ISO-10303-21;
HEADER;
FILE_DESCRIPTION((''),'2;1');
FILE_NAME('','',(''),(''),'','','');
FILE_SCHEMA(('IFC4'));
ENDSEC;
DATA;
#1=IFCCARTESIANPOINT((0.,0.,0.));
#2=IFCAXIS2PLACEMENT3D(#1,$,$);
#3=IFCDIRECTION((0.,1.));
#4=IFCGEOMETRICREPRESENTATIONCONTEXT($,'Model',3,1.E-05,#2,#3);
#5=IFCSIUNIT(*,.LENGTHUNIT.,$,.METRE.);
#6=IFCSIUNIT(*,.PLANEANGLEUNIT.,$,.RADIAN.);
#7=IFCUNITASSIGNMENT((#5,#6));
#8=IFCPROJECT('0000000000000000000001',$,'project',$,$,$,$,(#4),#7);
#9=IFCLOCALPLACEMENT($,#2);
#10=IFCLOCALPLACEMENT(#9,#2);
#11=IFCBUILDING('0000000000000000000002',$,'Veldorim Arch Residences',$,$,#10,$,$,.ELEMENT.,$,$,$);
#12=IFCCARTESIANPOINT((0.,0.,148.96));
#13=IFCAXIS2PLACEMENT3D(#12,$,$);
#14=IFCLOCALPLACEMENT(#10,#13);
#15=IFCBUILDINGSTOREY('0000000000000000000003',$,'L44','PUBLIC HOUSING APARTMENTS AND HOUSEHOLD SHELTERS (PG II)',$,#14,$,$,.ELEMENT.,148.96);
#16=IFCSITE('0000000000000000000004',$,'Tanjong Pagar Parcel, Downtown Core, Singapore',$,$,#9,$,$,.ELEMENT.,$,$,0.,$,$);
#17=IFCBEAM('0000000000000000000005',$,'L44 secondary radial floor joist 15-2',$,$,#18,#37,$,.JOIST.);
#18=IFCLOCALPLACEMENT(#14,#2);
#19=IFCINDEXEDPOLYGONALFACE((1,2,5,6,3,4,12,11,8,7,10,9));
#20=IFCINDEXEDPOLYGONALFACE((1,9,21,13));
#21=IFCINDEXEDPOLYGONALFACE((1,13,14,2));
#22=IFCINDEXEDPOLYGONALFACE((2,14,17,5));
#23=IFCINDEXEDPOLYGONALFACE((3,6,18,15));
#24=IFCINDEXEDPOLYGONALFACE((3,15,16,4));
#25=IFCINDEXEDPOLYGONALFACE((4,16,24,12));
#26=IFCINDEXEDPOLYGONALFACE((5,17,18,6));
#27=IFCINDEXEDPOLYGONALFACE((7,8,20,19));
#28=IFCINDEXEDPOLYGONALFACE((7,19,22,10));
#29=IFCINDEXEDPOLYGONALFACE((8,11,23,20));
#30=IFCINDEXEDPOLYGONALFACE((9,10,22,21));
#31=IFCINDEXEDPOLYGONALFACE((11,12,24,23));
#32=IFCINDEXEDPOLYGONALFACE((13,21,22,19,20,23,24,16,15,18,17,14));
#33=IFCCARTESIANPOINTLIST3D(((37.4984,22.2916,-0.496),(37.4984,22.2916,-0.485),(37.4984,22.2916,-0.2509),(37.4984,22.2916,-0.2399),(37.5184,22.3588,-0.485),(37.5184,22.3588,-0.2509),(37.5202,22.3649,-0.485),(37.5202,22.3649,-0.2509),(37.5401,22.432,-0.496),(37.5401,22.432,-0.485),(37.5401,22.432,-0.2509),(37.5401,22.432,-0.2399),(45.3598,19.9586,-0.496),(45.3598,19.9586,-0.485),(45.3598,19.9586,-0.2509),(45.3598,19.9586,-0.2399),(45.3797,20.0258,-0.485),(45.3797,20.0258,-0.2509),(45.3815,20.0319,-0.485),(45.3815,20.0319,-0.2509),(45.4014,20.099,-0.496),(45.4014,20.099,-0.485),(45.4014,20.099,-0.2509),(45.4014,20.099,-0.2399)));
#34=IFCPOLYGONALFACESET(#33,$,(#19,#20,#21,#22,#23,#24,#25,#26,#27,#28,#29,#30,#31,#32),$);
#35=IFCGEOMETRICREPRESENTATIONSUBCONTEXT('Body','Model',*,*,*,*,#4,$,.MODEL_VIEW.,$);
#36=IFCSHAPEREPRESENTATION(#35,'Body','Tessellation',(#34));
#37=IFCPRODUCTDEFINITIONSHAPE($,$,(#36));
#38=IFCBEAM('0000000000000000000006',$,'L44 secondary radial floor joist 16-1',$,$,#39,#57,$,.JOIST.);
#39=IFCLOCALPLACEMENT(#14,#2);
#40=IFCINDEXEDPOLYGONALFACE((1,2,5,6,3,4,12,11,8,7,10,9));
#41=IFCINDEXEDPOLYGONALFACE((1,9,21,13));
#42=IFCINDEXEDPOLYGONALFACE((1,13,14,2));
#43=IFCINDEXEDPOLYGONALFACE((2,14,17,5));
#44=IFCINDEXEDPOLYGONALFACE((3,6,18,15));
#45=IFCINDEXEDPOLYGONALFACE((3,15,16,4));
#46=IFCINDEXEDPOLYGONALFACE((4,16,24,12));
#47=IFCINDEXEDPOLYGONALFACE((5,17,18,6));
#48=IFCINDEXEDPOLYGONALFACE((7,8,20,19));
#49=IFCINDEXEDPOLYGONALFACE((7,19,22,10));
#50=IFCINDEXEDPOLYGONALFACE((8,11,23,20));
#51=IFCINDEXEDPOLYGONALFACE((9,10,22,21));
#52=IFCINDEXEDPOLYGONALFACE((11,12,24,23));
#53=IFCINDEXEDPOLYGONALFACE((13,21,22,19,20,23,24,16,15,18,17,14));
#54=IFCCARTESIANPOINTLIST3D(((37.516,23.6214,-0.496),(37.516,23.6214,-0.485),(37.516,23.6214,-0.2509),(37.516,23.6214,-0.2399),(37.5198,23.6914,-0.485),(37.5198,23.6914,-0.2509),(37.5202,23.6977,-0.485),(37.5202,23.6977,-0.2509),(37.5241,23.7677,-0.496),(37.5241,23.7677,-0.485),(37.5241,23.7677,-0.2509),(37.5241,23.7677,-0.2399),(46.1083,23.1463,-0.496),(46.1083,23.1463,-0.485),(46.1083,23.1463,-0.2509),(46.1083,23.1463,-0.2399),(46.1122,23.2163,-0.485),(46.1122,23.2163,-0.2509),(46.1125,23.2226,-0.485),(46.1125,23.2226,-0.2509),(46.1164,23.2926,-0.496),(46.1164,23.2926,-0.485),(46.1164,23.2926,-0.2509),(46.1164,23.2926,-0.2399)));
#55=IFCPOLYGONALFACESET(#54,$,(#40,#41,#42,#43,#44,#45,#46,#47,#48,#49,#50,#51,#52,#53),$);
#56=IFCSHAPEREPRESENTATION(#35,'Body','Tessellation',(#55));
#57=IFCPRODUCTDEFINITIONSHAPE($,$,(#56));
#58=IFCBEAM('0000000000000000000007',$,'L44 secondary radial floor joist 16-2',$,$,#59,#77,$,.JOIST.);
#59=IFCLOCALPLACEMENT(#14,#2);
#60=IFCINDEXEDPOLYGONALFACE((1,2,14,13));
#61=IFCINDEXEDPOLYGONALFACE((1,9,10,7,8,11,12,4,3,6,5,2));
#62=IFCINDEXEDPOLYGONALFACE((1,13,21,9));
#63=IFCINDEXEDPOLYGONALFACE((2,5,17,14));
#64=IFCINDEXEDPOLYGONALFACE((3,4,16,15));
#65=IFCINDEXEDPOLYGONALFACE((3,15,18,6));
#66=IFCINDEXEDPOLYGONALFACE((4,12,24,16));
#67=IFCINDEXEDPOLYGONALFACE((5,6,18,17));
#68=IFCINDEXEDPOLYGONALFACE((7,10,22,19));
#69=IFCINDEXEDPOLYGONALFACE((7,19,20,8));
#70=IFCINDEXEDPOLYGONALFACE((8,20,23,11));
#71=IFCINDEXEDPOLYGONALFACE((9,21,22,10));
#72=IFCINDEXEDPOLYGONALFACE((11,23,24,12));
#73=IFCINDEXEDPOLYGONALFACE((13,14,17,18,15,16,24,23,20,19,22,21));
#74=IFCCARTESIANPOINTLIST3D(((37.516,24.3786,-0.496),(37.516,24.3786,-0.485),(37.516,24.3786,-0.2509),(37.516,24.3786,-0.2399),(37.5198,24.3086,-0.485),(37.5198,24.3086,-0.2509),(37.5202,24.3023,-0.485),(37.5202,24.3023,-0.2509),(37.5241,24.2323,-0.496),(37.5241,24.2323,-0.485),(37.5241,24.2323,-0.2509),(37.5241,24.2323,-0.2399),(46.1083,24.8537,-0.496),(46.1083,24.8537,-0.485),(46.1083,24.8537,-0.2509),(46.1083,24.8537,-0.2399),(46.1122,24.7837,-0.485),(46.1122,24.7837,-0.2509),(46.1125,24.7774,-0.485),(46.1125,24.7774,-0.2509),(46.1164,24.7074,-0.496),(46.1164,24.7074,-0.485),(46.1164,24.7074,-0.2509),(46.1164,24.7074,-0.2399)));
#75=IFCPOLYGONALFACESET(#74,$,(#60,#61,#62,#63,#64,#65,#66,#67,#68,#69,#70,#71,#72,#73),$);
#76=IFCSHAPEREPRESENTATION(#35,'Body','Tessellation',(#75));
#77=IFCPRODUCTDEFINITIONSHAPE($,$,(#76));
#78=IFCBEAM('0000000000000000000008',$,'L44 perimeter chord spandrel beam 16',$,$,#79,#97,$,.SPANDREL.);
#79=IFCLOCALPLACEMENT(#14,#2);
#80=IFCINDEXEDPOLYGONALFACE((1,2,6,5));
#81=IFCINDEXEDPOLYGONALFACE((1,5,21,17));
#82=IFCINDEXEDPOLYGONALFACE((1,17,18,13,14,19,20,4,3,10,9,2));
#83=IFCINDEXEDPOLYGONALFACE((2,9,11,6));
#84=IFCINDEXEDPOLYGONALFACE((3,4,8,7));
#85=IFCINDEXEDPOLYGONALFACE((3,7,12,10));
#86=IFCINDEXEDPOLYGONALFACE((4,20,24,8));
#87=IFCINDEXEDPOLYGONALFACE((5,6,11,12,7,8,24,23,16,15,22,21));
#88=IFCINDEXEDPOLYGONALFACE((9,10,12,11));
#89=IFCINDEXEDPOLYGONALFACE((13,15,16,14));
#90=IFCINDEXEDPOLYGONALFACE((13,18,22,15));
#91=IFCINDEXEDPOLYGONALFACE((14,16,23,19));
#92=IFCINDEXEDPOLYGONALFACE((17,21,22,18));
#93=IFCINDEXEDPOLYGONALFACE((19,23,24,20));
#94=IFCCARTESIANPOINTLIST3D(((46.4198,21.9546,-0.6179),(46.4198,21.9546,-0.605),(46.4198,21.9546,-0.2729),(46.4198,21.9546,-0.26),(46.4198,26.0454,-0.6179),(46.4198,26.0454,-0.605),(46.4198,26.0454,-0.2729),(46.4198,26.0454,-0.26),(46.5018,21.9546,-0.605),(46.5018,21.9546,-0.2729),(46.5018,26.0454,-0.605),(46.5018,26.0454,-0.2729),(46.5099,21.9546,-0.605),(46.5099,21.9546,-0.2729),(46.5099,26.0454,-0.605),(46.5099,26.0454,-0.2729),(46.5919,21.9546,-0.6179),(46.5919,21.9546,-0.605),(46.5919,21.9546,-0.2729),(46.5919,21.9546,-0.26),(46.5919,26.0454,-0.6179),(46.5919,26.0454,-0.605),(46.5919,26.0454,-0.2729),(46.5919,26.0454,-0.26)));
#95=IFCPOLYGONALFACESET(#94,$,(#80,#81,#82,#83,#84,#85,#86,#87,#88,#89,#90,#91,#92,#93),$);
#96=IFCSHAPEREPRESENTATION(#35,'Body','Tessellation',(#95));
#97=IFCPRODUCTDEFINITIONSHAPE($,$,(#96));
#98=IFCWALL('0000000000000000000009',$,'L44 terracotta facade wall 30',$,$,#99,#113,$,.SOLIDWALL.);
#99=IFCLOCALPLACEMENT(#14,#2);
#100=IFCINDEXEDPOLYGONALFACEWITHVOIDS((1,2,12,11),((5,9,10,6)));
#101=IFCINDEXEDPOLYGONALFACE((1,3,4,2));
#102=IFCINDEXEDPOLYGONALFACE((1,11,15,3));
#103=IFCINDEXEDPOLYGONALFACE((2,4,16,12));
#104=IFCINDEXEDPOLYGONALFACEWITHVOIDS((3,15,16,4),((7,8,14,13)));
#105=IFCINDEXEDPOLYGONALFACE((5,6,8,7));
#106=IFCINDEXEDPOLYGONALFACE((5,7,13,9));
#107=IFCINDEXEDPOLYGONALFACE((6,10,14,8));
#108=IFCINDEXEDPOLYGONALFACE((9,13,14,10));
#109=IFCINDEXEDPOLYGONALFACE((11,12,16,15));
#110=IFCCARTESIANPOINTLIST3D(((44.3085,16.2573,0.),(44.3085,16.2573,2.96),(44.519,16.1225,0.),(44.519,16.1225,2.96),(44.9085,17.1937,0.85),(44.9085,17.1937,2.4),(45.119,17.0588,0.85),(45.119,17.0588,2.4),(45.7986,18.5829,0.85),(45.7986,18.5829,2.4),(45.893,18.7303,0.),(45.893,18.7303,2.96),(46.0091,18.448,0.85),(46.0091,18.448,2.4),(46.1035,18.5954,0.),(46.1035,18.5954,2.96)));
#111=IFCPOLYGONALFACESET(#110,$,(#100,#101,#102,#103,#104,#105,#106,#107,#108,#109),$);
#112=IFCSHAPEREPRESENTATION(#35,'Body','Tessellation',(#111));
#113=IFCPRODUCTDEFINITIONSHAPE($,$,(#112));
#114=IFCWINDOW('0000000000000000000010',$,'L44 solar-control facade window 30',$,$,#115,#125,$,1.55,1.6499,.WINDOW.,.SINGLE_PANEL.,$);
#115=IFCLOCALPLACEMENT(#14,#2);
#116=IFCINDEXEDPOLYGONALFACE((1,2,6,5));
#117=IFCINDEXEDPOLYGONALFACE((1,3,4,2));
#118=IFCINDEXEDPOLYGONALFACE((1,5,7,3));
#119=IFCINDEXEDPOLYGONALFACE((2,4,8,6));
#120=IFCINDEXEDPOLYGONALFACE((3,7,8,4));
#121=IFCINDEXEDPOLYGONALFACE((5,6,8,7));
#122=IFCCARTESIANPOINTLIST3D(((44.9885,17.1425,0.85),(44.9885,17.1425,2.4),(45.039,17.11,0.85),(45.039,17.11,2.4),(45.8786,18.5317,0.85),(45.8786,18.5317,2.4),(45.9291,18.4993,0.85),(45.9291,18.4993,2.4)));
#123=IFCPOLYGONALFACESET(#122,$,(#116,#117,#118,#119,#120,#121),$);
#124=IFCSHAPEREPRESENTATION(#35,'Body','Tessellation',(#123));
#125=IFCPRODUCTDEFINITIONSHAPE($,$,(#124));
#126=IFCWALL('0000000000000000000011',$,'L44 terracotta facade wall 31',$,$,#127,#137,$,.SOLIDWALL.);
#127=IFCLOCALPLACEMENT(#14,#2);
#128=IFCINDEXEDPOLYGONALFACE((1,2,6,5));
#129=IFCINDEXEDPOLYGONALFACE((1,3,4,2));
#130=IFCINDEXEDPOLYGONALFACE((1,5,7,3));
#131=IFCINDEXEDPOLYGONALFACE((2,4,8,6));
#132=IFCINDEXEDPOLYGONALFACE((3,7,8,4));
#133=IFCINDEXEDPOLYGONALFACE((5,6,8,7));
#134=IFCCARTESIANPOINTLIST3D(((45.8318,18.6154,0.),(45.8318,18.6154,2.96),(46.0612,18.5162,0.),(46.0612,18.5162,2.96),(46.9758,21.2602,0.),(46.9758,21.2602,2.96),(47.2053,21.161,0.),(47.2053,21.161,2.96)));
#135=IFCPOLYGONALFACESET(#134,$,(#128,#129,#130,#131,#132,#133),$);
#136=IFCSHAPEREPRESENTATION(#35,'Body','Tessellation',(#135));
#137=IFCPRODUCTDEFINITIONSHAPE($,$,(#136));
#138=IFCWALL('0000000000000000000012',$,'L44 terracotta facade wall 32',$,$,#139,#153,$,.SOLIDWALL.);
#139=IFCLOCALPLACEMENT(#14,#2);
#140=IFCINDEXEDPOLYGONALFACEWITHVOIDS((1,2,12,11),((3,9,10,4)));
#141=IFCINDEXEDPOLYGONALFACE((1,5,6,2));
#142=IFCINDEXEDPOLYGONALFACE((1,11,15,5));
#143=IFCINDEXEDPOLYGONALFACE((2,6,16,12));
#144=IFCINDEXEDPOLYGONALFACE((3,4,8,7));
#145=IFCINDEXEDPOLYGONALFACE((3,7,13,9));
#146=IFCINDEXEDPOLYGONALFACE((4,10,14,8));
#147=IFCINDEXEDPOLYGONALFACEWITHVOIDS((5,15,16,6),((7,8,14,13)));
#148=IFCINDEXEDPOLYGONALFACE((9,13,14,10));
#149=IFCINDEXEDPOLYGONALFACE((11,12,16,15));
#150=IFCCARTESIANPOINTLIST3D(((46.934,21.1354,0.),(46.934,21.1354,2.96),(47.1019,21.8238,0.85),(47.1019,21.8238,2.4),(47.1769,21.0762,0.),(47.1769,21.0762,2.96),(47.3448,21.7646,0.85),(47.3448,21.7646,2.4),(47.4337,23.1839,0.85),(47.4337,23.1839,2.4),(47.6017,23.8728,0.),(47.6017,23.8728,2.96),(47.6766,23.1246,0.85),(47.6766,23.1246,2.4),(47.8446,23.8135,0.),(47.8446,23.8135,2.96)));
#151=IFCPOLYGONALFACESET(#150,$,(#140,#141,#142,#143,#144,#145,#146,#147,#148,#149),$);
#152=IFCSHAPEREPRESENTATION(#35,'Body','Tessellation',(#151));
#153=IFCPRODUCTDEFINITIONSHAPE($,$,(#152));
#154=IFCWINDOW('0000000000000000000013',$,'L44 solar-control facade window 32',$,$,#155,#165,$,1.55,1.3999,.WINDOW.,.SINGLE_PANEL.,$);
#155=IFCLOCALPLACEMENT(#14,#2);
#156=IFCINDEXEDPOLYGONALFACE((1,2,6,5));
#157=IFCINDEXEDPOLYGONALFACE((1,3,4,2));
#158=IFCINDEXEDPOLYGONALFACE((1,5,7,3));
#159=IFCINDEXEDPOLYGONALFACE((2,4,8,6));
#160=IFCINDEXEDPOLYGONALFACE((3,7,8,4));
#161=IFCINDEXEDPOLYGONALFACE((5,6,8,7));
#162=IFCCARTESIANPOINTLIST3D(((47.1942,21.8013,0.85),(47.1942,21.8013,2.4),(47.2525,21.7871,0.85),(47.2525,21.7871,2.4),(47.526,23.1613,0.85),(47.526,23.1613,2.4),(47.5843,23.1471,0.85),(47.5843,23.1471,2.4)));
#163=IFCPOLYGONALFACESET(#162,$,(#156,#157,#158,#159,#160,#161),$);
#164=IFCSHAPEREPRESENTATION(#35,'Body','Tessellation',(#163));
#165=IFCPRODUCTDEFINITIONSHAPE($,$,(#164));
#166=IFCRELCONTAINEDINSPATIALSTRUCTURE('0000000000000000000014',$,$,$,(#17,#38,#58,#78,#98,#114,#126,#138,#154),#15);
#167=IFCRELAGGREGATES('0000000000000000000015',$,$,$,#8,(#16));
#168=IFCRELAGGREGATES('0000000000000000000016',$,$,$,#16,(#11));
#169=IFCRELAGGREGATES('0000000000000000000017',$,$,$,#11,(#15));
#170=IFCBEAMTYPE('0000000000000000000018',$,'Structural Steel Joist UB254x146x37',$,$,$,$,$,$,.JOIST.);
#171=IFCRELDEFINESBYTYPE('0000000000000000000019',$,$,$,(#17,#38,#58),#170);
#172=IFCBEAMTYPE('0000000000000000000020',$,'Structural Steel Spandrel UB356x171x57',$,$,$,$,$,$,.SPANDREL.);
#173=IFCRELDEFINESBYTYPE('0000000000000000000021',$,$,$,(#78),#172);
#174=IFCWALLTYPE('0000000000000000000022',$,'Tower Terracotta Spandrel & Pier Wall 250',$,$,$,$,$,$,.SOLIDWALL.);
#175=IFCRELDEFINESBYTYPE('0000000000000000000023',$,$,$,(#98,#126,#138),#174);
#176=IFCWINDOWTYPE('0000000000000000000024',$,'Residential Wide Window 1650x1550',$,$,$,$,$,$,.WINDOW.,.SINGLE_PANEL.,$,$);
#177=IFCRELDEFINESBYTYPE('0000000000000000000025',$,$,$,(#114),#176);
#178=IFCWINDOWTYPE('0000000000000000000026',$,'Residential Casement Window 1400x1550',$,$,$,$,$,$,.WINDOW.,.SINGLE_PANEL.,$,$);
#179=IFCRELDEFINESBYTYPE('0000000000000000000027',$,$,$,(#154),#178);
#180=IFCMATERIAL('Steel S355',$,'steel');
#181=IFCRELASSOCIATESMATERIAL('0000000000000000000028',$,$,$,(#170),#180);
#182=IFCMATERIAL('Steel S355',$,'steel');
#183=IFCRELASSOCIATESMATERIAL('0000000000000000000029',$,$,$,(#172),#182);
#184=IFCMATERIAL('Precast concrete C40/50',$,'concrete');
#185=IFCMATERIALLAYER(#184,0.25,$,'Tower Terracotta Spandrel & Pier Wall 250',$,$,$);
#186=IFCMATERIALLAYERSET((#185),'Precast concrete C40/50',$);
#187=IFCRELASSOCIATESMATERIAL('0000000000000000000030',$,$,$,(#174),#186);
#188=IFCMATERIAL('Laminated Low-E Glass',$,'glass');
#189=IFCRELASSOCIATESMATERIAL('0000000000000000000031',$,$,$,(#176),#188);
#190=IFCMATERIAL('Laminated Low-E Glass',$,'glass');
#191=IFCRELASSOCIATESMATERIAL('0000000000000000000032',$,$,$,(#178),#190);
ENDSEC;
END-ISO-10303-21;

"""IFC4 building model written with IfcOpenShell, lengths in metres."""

from ifc_helpers import new_model, si_unit, direction, frame, frame_2d, origin, origin_2d, place, context, subcontext, project, spatial, rectangle, i_section, extrude, material, layer, layer_set, material_profile, profile_set, type_object, element, fill, save


model = new_model("IFC4")

# Units and contexts
model_context = context("Model", 3, precision=1e-05, world=origin(), true_north=direction((0.0, 1.0)))
body_context = subcontext(model_context, "Body", "Model", "MODEL_VIEW")
ifc_project = project(units=[si_unit("LENGTHUNIT", "METRE"), si_unit("PLANEANGLEUNIT", "RADIAN")], contexts=[model_context])

# Site, building, storey
site_placement = place(None, origin())
site = spatial("IfcSite", under=ifc_project, at=site_placement, Name="Tanjong Pagar Parcel, Downtown Core, Singapore", CompositionType="ELEMENT", RefElevation=0.0)
building_placement = place(site_placement, origin())
building = spatial("IfcBuilding", under=site, at=building_placement, Name="Veldorim Arch Residences", CompositionType="ELEMENT")
storey_placement = place(building_placement, frame((0.0, 0.0, 148.96)))
storey = spatial("IfcBuildingStorey", under=building, at=storey_placement, Name="L44", Description="PUBLIC HOUSING APARTMENTS AND HOUSEHOLD SHELTERS (PG II)", CompositionType="ELEMENT", Elevation=148.96)

# Beams
ifc_material_1 = material(Name="Steel S355", Category="steel")
ifc_material_profile_1 = material_profile(ifc_material_1, i_section(OverallWidth=0.1465, OverallDepth=0.2561, WebThickness=0.0063, FlangeThickness=0.011, at=origin_2d()), Name="UB254x146x37")
ifc_profile_set_1 = profile_set([ifc_material_profile_1], Name="Steel S355")
beam_type_1 = type_object("IfcBeamType", Name="Structural Steel Joist UB254x146x37", PredefinedType="JOIST", material=ifc_profile_set_1)
beam_1_placement = place(storey_placement, frame((37.5193, 22.3618, -0.3679), z_axis=(0.958674, -0.284506, 0.0), x_axis=(0.284506, 0.958674, 0.0)))
element("IfcBeam", 1, at=beam_1_placement, inside=storey, type_object=beam_type_1, Name="L44 secondary radial floor joist 15-2", PredefinedType="JOIST", context=body_context, shape_type="SweptSolid", body=[
    extrude(i_section(OverallWidth=0.1465, OverallDepth=0.2561, WebThickness=0.0063, FlangeThickness=0.011, at=origin_2d()), origin(), (0.0, 0.0, 1.0), 8.2002),
])
for number, where, z_axis, x_axis, name in (
    (2, (37.52, 23.6946, -0.3679), (0.998475, -0.055209, 0.0), (0.055209, 0.998475, 0.0), "L44 secondary radial floor joist 16-1"),
    (3, (37.52, 24.3054, -0.3679), (0.998475, 0.055209, 0.0), (-0.055209, 0.998475, 0.0), "L44 secondary radial floor joist 16-2"),
):
    element("IfcBeam", number, at=place(storey_placement, frame(where, z_axis=z_axis, x_axis=x_axis)), inside=storey, type_object=beam_type_1, Name=name, PredefinedType="JOIST", context=body_context, shape_type="SweptSolid", body=[
        extrude(i_section(OverallWidth=0.1465, OverallDepth=0.2561, WebThickness=0.0063, FlangeThickness=0.011, at=origin_2d()), origin(), (0.0, 0.0, 1.0), 8.6055),
    ])
ifc_material_2 = material(Name="Steel S355", Category="steel")
ifc_material_profile_2 = material_profile(ifc_material_2, i_section(OverallWidth=0.1721, OverallDepth=0.3579, WebThickness=0.0081, FlangeThickness=0.0129, at=origin_2d()), Name="UB356x171x57")
ifc_profile_set_2 = profile_set([ifc_material_profile_2], Name="Steel S355")
beam_type_2 = type_object("IfcBeamType", Name="Structural Steel Spandrel UB356x171x57", PredefinedType="SPANDREL", material=ifc_profile_set_2)
beam_2_placement = place(storey_placement, frame((46.5059, 21.9546, -0.439), z_axis=(0.0, 1.0, 0.0), x_axis=(-1.0, 0.0, 0.0)))
element("IfcBeam", 4, at=beam_2_placement, inside=storey, type_object=beam_type_2, Name="L44 perimeter chord spandrel beam 16", PredefinedType="SPANDREL", context=body_context, shape_type="SweptSolid", body=[
    extrude(i_section(OverallWidth=0.1721, OverallDepth=0.3579, WebThickness=0.0081, FlangeThickness=0.0129, at=origin_2d()), origin(), (0.0, 0.0, 1.0), 4.0908),
])

# Wall, opening, window
ifc_material_3 = material(Name="Precast concrete C40/50", Category="concrete")
ifc_layer_1 = layer(ifc_material_3, 0.25, Name="Tower Terracotta Spandrel & Pier Wall 250")
ifc_layer_set_1 = layer_set([ifc_layer_1], Name="Precast concrete C40/50")
wall_type_1 = type_object("IfcWallType", Name="Tower Terracotta Spandrel & Pier Wall 250", PredefinedType="SOLIDWALL", material=ifc_layer_set_1)
wall_1_placement = place(storey_placement, frame((45.9983, 18.6628, 0.0), z_axis=(0.0, 0.0, 1.0), x_axis=(-0.539492, -0.84199, 0.0)))
wall_1 = element("IfcWall", 5, at=wall_1_placement, inside=storey, type_object=wall_type_1, Name="L44 terracotta facade wall 30", PredefinedType="SOLIDWALL", context=body_context, shape_type="SweptSolid", body=[
    extrude(rectangle(XDim=2.937, YDim=0.25, at=frame_2d((1.4685, 0.0))), origin(), (0.0, 0.0, 1.0), 2.96),
])
opening_1_placement = place(wall_1_placement, frame((0.175, 0.0, 0.8501)))
opening_1 = element("IfcOpeningElement", 6, at=opening_1_placement, cuts=wall_1, PredefinedType="OPENING", context=body_context, shape_type="SweptSolid", body=[
    extrude(rectangle(XDim=1.6499, YDim=1.55, at=frame_2d((0.825, 0.7749))), frame((0.0, 0.135, 0.0), z_axis=(0.0, -1.0, 0.0), x_axis=(1.0, 0.0, 0.0)), (0.0, 0.0, 1.0), 0.27),
])
ifc_material_4 = material(Name="Laminated Low-E Glass", Category="glass")
window_type_1 = type_object("IfcWindowType", Name="Residential Wide Window 1650x1550", PartitioningType="SINGLE_PANEL", PredefinedType="WINDOW", material=ifc_material_4)
window_1_placement = place(opening_1_placement, origin())
window_1 = element("IfcWindow", 7, at=window_1_placement, inside=storey, type_object=window_type_1, Name="L44 solar-control facade window 30", OverallHeight=1.55, OverallWidth=1.6499, PartitioningType="SINGLE_PANEL", PredefinedType="WINDOW", context=body_context, shape_type="SweptSolid", body=[
    extrude(rectangle(XDim=1.6499, YDim=1.55, at=frame_2d((0.825, 0.7749))), frame((0.0, 0.03, 0.0), z_axis=(0.0, -1.0, 0.0), x_axis=(1.0, 0.0, 0.0)), (0.0, 0.0, 1.0), 0.0601),
])
fill(opening_1, window_1)

# Wall
wall_2_placement = place(storey_placement, frame((47.0906, 21.2107, 0.0), z_axis=(0.0, 0.0, 1.0), x_axis=(-0.397015, -0.917812, 0.0)))
element("IfcWall", 8, at=wall_2_placement, inside=storey, type_object=wall_type_1, Name="L44 terracotta facade wall 31", PredefinedType="SOLIDWALL", context=body_context, shape_type="SweptSolid", body=[
    extrude(rectangle(XDim=2.8816, YDim=0.25, at=frame_2d((1.4409, 0.0))), origin(), (0.0, 0.0, 1.0), 2.96),
])

# Wall, opening, window
wall_3_placement = place(storey_placement, frame((47.7231, 23.843, 0.0), z_axis=(0.0, 0.0, 1.0), x_axis=(-0.236986, -0.971513, 0.0)))
wall_3 = element("IfcWall", 9, at=wall_3_placement, inside=storey, type_object=wall_type_1, Name="L44 terracotta facade wall 32", PredefinedType="SOLIDWALL", context=body_context, shape_type="SweptSolid", body=[
    extrude(rectangle(XDim=2.8176, YDim=0.25, at=frame_2d((1.4087, 0.0))), origin(), (0.0, 0.0, 1.0), 2.96),
])
opening_2_placement = place(wall_3_placement, frame((0.709, 0.0, 0.8501)))
opening_2 = element("IfcOpeningElement", 10, at=opening_2_placement, cuts=wall_3, PredefinedType="OPENING", context=body_context, shape_type="SweptSolid", body=[
    extrude(rectangle(XDim=1.3999, YDim=1.55, at=frame_2d((0.7, 0.7749))), frame((0.0, 0.135, 0.0), z_axis=(0.0, -1.0, 0.0), x_axis=(1.0, 0.0, 0.0)), (0.0, 0.0, 1.0), 0.27),
])
ifc_material_5 = material(Name="Laminated Low-E Glass", Category="glass")
window_type_2 = type_object("IfcWindowType", Name="Residential Casement Window 1400x1550", PartitioningType="SINGLE_PANEL", PredefinedType="WINDOW", material=ifc_material_5)
window_2_placement = place(opening_2_placement, origin())
window_2 = element("IfcWindow", 11, at=window_2_placement, inside=storey, type_object=window_type_2, Name="L44 solar-control facade window 32", OverallHeight=1.55, OverallWidth=1.3999, PartitioningType="SINGLE_PANEL", PredefinedType="WINDOW", context=body_context, shape_type="SweptSolid", body=[
    extrude(rectangle(XDim=1.3999, YDim=1.55, at=frame_2d((0.7, 0.7749))), frame((0.0, 0.03, 0.0), z_axis=(0.0, -1.0, 0.0), x_axis=(1.0, 0.0, 0.0)), (0.0, 0.0, 1.0), 0.0601),
])
fill(opening_2, window_2)

save(model, "model.ifc")
